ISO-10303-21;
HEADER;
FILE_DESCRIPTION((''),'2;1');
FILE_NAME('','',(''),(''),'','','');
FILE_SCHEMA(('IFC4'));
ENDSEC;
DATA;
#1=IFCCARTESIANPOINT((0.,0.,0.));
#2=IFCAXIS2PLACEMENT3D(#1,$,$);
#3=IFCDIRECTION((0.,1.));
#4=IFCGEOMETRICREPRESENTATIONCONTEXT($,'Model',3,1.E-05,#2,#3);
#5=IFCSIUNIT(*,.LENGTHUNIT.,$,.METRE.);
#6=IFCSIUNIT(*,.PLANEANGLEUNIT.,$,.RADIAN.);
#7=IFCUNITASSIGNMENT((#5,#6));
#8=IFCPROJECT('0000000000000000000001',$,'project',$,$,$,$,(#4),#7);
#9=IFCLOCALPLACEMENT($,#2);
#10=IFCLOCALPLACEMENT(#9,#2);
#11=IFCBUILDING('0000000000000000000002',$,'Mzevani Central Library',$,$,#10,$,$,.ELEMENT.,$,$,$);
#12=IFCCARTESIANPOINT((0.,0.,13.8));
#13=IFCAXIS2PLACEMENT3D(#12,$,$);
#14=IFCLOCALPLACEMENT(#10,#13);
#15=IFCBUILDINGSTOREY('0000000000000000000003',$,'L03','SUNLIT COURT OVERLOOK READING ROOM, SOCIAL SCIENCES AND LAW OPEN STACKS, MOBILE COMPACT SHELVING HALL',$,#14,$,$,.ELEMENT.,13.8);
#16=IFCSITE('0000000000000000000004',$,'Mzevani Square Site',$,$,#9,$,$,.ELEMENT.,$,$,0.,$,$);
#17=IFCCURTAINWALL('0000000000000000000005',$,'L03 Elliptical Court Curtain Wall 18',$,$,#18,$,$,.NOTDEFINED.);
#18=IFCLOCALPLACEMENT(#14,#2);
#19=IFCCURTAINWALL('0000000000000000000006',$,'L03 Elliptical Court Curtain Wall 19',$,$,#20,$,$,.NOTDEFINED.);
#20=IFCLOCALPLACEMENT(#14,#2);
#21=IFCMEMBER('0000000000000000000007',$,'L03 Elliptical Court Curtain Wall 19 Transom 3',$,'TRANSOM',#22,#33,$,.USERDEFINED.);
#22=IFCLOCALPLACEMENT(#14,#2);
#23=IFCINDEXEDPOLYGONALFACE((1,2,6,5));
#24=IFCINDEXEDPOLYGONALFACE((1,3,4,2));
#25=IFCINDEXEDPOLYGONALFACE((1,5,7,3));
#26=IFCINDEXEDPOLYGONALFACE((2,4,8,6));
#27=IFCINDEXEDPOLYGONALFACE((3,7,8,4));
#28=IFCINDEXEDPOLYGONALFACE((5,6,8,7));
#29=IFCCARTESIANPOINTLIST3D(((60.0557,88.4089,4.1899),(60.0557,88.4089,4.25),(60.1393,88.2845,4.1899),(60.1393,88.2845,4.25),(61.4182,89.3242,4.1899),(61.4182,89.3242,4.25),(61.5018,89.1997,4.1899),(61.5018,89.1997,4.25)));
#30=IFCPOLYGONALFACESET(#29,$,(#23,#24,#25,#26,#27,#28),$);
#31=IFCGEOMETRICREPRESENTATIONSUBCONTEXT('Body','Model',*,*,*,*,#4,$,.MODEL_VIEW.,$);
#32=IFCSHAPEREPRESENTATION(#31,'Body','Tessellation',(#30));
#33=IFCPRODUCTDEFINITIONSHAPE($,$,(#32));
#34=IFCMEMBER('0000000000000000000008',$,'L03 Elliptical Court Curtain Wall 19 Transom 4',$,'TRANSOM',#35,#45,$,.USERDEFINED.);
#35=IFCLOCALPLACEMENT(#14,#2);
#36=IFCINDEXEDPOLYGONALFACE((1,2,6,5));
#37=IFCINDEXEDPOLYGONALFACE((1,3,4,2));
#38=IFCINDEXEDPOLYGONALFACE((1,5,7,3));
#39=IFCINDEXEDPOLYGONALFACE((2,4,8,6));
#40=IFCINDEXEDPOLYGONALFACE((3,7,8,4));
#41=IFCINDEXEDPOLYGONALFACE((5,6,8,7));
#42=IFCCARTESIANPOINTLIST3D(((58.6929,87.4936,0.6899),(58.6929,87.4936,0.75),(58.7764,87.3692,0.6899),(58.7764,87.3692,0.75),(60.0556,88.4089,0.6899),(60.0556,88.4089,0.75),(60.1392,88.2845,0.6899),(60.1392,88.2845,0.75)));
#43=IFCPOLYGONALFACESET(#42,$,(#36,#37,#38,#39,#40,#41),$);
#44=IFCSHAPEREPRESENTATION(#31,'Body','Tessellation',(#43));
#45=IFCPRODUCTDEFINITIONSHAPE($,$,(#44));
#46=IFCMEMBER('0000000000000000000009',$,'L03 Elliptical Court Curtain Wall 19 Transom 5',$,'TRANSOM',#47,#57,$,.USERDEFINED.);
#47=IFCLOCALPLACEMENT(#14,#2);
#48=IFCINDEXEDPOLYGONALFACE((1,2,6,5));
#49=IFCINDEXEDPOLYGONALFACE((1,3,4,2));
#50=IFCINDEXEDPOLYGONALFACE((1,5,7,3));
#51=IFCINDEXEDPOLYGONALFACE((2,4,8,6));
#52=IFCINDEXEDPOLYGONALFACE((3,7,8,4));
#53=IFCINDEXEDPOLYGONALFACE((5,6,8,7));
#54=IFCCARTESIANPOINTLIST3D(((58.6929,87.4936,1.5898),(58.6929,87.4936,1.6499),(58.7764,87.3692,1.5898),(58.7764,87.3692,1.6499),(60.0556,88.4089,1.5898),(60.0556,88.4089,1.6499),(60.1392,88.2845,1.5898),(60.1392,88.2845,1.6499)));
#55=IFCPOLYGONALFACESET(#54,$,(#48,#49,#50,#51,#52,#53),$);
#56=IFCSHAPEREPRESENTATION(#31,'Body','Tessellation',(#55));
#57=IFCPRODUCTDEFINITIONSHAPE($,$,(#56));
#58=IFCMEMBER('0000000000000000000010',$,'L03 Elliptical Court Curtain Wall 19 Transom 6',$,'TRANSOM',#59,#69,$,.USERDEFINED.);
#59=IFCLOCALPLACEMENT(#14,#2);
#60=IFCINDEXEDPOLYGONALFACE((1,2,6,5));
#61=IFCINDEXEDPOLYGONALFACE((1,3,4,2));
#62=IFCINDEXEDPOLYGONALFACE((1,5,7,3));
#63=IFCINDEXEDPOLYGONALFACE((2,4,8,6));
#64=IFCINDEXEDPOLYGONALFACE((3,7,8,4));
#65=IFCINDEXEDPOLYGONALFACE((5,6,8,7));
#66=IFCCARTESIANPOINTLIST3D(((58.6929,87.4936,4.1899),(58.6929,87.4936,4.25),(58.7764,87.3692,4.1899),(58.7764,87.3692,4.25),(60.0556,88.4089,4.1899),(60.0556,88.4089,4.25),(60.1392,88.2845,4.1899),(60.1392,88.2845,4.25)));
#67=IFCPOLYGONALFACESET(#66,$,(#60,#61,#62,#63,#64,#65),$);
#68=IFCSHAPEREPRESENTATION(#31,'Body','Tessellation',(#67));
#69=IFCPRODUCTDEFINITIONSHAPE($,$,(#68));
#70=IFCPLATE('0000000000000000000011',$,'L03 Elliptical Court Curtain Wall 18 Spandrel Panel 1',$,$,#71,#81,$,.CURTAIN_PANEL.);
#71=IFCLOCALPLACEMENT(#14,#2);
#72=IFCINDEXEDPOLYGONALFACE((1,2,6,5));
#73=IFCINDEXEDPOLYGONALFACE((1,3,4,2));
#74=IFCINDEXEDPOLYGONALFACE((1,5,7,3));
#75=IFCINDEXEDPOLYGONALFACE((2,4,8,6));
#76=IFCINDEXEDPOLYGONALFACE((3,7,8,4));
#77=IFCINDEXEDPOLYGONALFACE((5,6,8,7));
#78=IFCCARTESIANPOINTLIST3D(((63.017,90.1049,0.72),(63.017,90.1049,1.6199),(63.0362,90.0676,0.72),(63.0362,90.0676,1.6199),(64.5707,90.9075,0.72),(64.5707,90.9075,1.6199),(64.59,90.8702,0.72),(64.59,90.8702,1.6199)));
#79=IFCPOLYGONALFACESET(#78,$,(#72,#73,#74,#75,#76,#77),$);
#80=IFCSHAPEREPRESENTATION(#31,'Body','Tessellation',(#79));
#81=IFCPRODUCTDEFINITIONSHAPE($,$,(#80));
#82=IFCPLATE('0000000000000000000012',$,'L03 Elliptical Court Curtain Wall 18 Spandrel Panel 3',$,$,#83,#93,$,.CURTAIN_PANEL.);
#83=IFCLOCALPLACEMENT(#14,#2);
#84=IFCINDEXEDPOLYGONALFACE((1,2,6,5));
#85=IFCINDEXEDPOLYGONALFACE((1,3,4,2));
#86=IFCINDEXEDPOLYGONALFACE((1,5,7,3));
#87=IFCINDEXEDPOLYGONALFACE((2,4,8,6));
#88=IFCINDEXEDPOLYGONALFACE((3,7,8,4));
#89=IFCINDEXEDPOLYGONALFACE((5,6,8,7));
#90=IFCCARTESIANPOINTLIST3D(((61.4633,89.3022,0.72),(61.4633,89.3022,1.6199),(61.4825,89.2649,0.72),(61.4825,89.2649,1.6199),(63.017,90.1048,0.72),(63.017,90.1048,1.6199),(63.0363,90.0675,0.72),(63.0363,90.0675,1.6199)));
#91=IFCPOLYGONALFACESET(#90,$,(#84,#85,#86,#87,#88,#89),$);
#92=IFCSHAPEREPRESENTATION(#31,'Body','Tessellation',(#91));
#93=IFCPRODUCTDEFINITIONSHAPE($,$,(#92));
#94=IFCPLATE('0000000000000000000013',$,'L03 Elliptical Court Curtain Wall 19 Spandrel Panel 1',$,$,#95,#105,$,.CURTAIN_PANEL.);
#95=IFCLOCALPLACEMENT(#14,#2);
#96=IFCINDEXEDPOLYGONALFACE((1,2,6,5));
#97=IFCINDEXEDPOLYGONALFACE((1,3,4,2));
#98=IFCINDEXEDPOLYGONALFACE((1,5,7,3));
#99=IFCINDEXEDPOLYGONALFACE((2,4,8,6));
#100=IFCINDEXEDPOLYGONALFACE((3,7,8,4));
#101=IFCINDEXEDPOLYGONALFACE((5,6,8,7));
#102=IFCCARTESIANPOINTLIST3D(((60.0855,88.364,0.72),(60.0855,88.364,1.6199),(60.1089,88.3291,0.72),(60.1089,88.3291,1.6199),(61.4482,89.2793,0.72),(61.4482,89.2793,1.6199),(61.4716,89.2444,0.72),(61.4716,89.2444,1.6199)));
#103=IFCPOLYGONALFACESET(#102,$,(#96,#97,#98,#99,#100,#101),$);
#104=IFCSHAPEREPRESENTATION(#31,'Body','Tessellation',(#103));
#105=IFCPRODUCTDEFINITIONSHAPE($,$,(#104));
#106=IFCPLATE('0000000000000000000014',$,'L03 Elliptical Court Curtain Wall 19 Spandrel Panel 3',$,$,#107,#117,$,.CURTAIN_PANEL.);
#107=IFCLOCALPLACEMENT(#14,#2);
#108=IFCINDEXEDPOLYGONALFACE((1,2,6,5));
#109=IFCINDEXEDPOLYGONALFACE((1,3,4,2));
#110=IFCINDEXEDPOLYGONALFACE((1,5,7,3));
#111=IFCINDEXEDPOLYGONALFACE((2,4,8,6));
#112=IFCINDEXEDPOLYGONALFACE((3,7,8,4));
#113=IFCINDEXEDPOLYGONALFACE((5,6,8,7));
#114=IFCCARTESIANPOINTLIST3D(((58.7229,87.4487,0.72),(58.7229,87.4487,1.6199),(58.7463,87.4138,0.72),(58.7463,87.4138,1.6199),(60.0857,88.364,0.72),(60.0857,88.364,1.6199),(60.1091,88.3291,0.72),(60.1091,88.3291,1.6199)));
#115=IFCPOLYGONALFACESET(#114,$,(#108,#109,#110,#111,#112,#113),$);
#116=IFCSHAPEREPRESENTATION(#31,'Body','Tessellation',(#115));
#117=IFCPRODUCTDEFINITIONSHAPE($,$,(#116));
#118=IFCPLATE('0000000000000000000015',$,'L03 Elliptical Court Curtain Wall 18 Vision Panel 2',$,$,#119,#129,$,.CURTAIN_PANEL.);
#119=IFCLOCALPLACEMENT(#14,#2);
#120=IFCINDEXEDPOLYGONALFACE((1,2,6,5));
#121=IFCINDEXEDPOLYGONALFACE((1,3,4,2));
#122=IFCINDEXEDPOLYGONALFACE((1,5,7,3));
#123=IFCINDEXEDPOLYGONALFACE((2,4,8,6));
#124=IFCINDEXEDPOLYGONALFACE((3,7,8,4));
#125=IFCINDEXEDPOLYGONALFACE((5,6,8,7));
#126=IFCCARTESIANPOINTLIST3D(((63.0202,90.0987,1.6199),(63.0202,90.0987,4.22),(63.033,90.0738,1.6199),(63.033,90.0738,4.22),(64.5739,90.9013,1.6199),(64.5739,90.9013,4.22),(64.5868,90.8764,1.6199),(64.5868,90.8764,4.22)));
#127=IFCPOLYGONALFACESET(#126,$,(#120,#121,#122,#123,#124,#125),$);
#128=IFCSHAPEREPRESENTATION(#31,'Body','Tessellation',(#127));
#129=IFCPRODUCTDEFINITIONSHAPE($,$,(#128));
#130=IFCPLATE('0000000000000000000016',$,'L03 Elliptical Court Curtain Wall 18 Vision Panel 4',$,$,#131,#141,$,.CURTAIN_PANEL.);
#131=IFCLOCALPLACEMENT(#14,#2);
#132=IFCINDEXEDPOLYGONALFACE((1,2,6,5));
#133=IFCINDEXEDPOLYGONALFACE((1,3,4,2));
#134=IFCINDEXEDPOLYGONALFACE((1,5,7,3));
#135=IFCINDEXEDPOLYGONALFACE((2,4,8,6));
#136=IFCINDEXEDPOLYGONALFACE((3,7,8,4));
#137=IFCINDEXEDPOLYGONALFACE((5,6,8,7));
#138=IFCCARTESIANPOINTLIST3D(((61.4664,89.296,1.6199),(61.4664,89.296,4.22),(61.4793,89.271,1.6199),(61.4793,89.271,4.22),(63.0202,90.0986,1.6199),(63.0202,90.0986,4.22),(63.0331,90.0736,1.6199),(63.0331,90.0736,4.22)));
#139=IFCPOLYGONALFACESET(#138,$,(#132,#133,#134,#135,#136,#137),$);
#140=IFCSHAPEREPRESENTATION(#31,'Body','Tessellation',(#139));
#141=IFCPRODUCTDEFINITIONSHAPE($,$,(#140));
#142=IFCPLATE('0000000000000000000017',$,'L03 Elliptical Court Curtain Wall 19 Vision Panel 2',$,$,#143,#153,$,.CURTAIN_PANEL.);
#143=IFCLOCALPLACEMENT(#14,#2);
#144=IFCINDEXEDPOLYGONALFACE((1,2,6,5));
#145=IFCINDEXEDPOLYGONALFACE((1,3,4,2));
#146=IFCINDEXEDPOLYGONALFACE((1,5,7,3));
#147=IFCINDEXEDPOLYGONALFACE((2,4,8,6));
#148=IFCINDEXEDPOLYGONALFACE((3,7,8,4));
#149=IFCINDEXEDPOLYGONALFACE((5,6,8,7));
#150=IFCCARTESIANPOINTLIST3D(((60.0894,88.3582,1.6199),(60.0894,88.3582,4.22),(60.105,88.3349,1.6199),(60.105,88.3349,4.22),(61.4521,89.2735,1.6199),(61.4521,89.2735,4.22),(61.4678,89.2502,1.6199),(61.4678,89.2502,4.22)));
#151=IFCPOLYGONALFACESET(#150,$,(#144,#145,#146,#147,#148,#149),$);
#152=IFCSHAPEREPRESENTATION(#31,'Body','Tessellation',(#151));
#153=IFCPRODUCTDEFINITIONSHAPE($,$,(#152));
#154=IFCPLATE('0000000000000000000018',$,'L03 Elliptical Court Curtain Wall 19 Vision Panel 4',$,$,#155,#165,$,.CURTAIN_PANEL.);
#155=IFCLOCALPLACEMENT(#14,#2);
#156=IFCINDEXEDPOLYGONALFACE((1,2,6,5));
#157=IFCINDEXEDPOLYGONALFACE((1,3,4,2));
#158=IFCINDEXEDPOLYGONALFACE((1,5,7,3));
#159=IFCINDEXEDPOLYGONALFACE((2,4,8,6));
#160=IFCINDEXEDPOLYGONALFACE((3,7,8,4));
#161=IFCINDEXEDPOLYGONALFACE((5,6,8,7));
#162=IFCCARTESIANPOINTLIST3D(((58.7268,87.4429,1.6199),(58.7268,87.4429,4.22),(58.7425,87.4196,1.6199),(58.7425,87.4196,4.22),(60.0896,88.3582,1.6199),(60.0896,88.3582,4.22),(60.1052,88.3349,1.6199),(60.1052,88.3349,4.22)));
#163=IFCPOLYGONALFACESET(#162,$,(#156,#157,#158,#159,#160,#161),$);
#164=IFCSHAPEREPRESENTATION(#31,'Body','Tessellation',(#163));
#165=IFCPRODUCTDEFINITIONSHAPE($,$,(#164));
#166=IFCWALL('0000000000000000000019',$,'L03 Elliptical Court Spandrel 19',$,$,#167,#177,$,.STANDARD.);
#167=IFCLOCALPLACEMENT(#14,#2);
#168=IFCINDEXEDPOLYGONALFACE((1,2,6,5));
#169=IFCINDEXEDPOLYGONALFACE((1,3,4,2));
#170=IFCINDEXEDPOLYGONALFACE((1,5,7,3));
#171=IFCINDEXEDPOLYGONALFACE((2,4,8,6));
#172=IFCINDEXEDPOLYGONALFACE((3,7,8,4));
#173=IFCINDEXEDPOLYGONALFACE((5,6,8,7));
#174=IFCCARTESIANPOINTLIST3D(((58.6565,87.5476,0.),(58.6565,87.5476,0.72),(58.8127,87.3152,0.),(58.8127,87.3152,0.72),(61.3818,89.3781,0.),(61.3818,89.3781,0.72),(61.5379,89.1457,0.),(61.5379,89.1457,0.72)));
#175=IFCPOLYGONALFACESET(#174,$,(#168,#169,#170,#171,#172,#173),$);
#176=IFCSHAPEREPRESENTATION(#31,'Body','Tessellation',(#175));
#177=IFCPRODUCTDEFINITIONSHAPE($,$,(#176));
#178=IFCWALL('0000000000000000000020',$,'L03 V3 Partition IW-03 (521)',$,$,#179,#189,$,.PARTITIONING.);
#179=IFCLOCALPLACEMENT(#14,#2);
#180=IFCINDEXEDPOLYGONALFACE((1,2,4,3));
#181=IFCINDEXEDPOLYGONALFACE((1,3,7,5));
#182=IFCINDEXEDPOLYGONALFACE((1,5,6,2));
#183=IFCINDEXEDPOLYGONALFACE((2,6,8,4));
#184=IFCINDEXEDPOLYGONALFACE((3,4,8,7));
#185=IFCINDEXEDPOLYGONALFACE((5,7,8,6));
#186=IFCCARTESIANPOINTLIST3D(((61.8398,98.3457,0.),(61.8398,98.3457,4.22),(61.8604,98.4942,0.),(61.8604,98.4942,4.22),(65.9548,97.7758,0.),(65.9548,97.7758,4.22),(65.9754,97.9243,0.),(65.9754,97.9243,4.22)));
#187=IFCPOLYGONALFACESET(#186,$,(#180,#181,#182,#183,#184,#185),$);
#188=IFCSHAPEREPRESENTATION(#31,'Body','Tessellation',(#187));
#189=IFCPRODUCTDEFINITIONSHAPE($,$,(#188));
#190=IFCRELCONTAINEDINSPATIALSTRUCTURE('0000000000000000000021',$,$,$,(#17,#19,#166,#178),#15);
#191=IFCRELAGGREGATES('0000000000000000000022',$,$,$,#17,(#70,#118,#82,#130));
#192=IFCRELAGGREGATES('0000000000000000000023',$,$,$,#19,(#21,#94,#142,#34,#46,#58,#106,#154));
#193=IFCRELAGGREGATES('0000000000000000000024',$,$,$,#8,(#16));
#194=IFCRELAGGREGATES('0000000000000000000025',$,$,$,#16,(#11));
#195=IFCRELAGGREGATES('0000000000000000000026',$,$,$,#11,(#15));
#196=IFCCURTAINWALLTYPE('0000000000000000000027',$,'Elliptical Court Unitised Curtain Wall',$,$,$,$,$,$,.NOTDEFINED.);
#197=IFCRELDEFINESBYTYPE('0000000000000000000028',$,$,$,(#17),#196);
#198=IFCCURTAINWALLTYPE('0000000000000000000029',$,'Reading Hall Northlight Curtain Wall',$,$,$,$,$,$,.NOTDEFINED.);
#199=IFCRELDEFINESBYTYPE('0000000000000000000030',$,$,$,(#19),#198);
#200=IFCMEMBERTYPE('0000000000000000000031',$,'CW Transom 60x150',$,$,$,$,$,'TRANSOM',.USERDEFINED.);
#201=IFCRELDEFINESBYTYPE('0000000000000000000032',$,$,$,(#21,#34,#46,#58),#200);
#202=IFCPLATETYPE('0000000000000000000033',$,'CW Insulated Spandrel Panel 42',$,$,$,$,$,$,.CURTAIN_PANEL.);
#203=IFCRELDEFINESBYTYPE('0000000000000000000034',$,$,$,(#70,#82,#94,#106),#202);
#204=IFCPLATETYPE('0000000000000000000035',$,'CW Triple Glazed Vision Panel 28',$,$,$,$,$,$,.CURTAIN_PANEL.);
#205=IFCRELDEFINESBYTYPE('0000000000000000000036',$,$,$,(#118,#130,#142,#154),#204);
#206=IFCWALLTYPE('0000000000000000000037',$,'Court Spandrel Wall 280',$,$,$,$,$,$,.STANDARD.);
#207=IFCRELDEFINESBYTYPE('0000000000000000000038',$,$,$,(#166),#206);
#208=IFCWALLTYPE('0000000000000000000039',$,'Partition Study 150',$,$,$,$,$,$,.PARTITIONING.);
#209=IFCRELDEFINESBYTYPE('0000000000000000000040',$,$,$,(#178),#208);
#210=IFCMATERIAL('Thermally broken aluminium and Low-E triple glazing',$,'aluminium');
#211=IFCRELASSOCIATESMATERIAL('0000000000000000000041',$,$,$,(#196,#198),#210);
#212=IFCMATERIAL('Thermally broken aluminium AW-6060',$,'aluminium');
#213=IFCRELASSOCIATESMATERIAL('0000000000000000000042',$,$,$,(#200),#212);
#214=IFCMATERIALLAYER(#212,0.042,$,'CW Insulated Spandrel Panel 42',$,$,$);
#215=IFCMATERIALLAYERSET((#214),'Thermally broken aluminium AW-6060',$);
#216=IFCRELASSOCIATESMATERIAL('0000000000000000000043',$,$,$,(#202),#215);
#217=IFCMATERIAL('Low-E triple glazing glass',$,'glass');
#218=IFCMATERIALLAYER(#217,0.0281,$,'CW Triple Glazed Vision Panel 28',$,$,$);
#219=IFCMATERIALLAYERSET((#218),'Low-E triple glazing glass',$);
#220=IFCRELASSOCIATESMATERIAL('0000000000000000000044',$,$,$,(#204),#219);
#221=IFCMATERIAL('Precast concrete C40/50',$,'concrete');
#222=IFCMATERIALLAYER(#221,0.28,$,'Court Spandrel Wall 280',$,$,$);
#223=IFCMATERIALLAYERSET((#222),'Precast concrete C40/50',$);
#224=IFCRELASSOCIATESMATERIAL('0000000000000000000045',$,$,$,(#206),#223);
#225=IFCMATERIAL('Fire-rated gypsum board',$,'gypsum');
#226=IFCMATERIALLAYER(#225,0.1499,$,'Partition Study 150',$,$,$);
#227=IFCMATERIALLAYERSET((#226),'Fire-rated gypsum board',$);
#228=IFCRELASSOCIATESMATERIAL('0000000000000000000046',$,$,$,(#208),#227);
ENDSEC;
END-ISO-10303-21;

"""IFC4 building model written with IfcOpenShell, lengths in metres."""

from ifc_helpers import new_model, si_unit, direction, frame, frame_2d, origin, origin_2d, place, context, subcontext, project, spatial, rectangle, extrude, material, layer, layer_set, material_profile, profile_set, type_object, element, aggregate, save


model = new_model("IFC4")

# Units and contexts
model_context = context("Model", 3, precision=1e-05, world=origin(), true_north=direction((0.0, 1.0)))
body_context = subcontext(model_context, "Body", "Model", "MODEL_VIEW")
ifc_project = project(units=[si_unit("LENGTHUNIT", "METRE"), si_unit("PLANEANGLEUNIT", "RADIAN")], contexts=[model_context])

# Site, building, storey
site_placement = place(None, origin())
site = spatial("IfcSite", under=ifc_project, at=site_placement, Name="Mzevani Square Site", CompositionType="ELEMENT", RefElevation=0.0)
building_placement = place(site_placement, origin())
building = spatial("IfcBuilding", under=site, at=building_placement, Name="Mzevani Central Library", CompositionType="ELEMENT")
storey_placement = place(building_placement, frame((0.0, 0.0, 13.8)))
storey = spatial("IfcBuildingStorey", under=building, at=storey_placement, Name="L03", Description="SUNLIT COURT OVERLOOK READING ROOM, SOCIAL SCIENCES AND LAW OPEN STACKS, MOBILE COMPACT SHELVING HALL", CompositionType="ELEMENT", Elevation=13.8)

# Curtain walls
ifc_material_1 = material(Name="Thermally broken aluminium and Low-E triple glazing", Category="aluminium")
curtain_wall_type_1 = type_object("IfcCurtainWallType", Name="Elliptical Court Unitised Curtain Wall", PredefinedType="NOTDEFINED", material=ifc_material_1)
curtain_wall_1_placement = place(storey_placement, origin())
curtain_wall_1 = element("IfcCurtainWall", 1, at=curtain_wall_1_placement, inside=storey, type_object=curtain_wall_type_1, Name="L03 Elliptical Court Curtain Wall 18", PredefinedType="NOTDEFINED")
ifc_material_2 = material(Name="Thermally broken aluminium AW-6060", Category="aluminium")
curtain_wall_type_2 = type_object("IfcCurtainWallType", Name="Reading Hall Northlight Curtain Wall", PredefinedType="NOTDEFINED", material=ifc_material_1)
curtain_wall_2_placement = place(storey_placement, origin())
curtain_wall_2 = element("IfcCurtainWall", 2, at=curtain_wall_2_placement, inside=storey, type_object=curtain_wall_type_2, Name="L03 Elliptical Court Curtain Wall 19", PredefinedType="NOTDEFINED")

# Members
ifc_material_profile_1 = material_profile(ifc_material_2, rectangle(XDim=0.1499, YDim=0.0601, at=origin_2d()), Name="ALU T60x150")
ifc_profile_set_1 = profile_set([ifc_material_profile_1], Name="Thermally broken aluminium AW-6060")
member_type_1 = type_object("IfcMemberType", Name="CW Transom 60x150", ElementType="TRANSOM", PredefinedType="USERDEFINED", material=ifc_profile_set_1)
member_1_placement = place(storey_placement, frame((61.46, 89.262, 4.22), z_axis=(-0.8301, -0.557614, 0.0), x_axis=(0.557614, -0.8301, 0.0)))
member_1 = element("IfcMember", 3, at=member_1_placement, type_object=member_type_1, Name="L03 Elliptical Court Curtain Wall 19 Transom 3", ObjectType="TRANSOM", PredefinedType="USERDEFINED", context=body_context, shape_type="SweptSolid", body=[
    extrude(rectangle(XDim=0.1499, YDim=0.0601, at=origin_2d()), origin(), (0.0, 0.0, 1.0), 1.6414),
])
member_2_placement = place(storey_placement, frame((60.0974, 88.3467, 0.72), z_axis=(-0.830146, -0.557545, 0.0), x_axis=(0.557545, -0.830146, 0.0)))
member_2 = element("IfcMember", 4, at=member_2_placement, type_object=member_type_1, Name="L03 Elliptical Court Curtain Wall 19 Transom 4", ObjectType="TRANSOM", PredefinedType="USERDEFINED", context=body_context, shape_type="SweptSolid", body=[
    extrude(rectangle(XDim=0.1499, YDim=0.0601, at=origin_2d()), origin(), (0.0, 0.0, 1.0), 1.6416),
])
member_3_placement = place(storey_placement, frame((60.0974, 88.3467, 1.6199), z_axis=(-0.830146, -0.557545, 0.0), x_axis=(0.557545, -0.830146, 0.0)))
member_3 = element("IfcMember", 5, at=member_3_placement, type_object=member_type_1, Name="L03 Elliptical Court Curtain Wall 19 Transom 5", ObjectType="TRANSOM", PredefinedType="USERDEFINED", context=body_context, shape_type="SweptSolid", body=[
    extrude(rectangle(XDim=0.1499, YDim=0.0601, at=origin_2d()), origin(), (0.0, 0.0, 1.0), 1.6416),
])
member_4_placement = place(storey_placement, frame((60.0974, 88.3467, 4.22), z_axis=(-0.830146, -0.557545, 0.0), x_axis=(0.557545, -0.830146, 0.0)))
member_4 = element("IfcMember", 6, at=member_4_placement, type_object=member_type_1, Name="L03 Elliptical Court Curtain Wall 19 Transom 6", ObjectType="TRANSOM", PredefinedType="USERDEFINED", context=body_context, shape_type="SweptSolid", body=[
    extrude(rectangle(XDim=0.1499, YDim=0.0601, at=origin_2d()), origin(), (0.0, 0.0, 1.0), 1.6416),
])

# Plates
ifc_layer_1 = layer(ifc_material_2, 0.042, Name="CW Insulated Spandrel Panel 42")
ifc_layer_set_1 = layer_set([ifc_layer_1], Name="Thermally broken aluminium AW-6060")
plate_type_1 = type_object("IfcPlateType", Name="CW Insulated Spandrel Panel 42", PredefinedType="CURTAIN_PANEL", material=ifc_layer_set_1)
plate_1_placement = place(storey_placement, frame((63.8035, 90.4875, 0.72), z_axis=(0.0, 0.0, 1.0), x_axis=(-0.888466, -0.458943, 0.0)))
plate_1 = element("IfcPlate", 7, at=plate_1_placement, type_object=plate_type_1, Name="L03 Elliptical Court Curtain Wall 18 Spandrel Panel 1", PredefinedType="CURTAIN_PANEL", context=body_context, shape_type="SweptSolid", body=[
    extrude(rectangle(XDim=1.7488, YDim=0.042, at=origin_2d()), origin(), (0.0, 0.0, 1.0), 0.8999),
])
plate_2_placement = place(storey_placement, frame((62.2498, 89.6848, 0.72), z_axis=(0.0, 0.0, 1.0), x_axis=(-0.888466, -0.458943, 0.0)))
plate_2 = element("IfcPlate", 8, at=plate_2_placement, type_object=plate_type_1, Name="L03 Elliptical Court Curtain Wall 18 Spandrel Panel 3", PredefinedType="CURTAIN_PANEL", context=body_context, shape_type="SweptSolid", body=[
    extrude(rectangle(XDim=1.7488, YDim=0.042, at=origin_2d()), origin(), (0.0, 0.0, 1.0), 0.8999),
])
plate_3_placement = place(storey_placement, frame((60.7786, 88.8042, 0.72), z_axis=(0.0, 0.0, 1.0), x_axis=(-0.830138, -0.557558, 0.0)))
plate_3 = element("IfcPlate", 9, at=plate_3_placement, type_object=plate_type_1, Name="L03 Elliptical Court Curtain Wall 19 Spandrel Panel 1", PredefinedType="CURTAIN_PANEL", context=body_context, shape_type="SweptSolid", body=[
    extrude(rectangle(XDim=1.6416, YDim=0.042, at=origin_2d()), origin(), (0.0, 0.0, 1.0), 0.8999),
])
plate_4_placement = place(storey_placement, frame((59.416, 87.8889, 0.72), z_axis=(0.0, 0.0, 1.0), x_axis=(-0.830138, -0.557558, 0.0)))
plate_4 = element("IfcPlate", 10, at=plate_4_placement, type_object=plate_type_1, Name="L03 Elliptical Court Curtain Wall 19 Spandrel Panel 3", PredefinedType="CURTAIN_PANEL", context=body_context, shape_type="SweptSolid", body=[
    extrude(rectangle(XDim=1.6416, YDim=0.042, at=origin_2d()), origin(), (0.0, 0.0, 1.0), 0.8999),
])
ifc_material_3 = material(Name="Low-E triple glazing glass", Category="glass")
ifc_layer_2 = layer(ifc_material_3, 0.0281, Name="CW Triple Glazed Vision Panel 28")
ifc_layer_set_2 = layer_set([ifc_layer_2], Name="Low-E triple glazing glass")
plate_type_2 = type_object("IfcPlateType", Name="CW Triple Glazed Vision Panel 28", PredefinedType="CURTAIN_PANEL", material=ifc_layer_set_2)
plate_5_placement = place(storey_placement, frame((63.8035, 90.4875, 1.6199), z_axis=(0.0, 0.0, 1.0), x_axis=(-0.888466, -0.458943, 0.0)))
plate_5 = element("IfcPlate", 11, at=plate_5_placement, type_object=plate_type_2, Name="L03 Elliptical Court Curtain Wall 18 Vision Panel 2", PredefinedType="CURTAIN_PANEL", context=body_context, shape_type="SweptSolid", body=[
    extrude(rectangle(XDim=1.7488, YDim=0.0281, at=origin_2d()), origin(), (0.0, 0.0, 1.0), 2.6001),
])
plate_6_placement = place(storey_placement, frame((62.2498, 89.6848, 1.6199), z_axis=(0.0, 0.0, 1.0), x_axis=(-0.888466, -0.458943, 0.0)))
plate_6 = element("IfcPlate", 12, at=plate_6_placement, type_object=plate_type_2, Name="L03 Elliptical Court Curtain Wall 18 Vision Panel 4", PredefinedType="CURTAIN_PANEL", context=body_context, shape_type="SweptSolid", body=[
    extrude(rectangle(XDim=1.7488, YDim=0.0281, at=origin_2d()), origin(), (0.0, 0.0, 1.0), 2.6001),
])
aggregate(curtain_wall_1, [plate_1, plate_5, plate_2, plate_6])
plate_7_placement = place(storey_placement, frame((60.7786, 88.8042, 1.6199), z_axis=(0.0, 0.0, 1.0), x_axis=(-0.830138, -0.557558, 0.0)))
plate_7 = element("IfcPlate", 13, at=plate_7_placement, type_object=plate_type_2, Name="L03 Elliptical Court Curtain Wall 19 Vision Panel 2", PredefinedType="CURTAIN_PANEL", context=body_context, shape_type="SweptSolid", body=[
    extrude(rectangle(XDim=1.6416, YDim=0.0281, at=origin_2d()), origin(), (0.0, 0.0, 1.0), 2.6001),
])
plate_8_placement = place(storey_placement, frame((59.416, 87.8889, 1.6199), z_axis=(0.0, 0.0, 1.0), x_axis=(-0.830138, -0.557558, 0.0)))
plate_8 = element("IfcPlate", 14, at=plate_8_placement, type_object=plate_type_2, Name="L03 Elliptical Court Curtain Wall 19 Vision Panel 4", PredefinedType="CURTAIN_PANEL", context=body_context, shape_type="SweptSolid", body=[
    extrude(rectangle(XDim=1.6416, YDim=0.0281, at=origin_2d()), origin(), (0.0, 0.0, 1.0), 2.6001),
])
aggregate(curtain_wall_2, [member_1, plate_3, plate_7, member_2, member_3, member_4, plate_4, plate_8])

# Walls
ifc_material_4 = material(Name="Precast concrete C40/50", Category="concrete")
ifc_layer_3 = layer(ifc_material_4, 0.28, Name="Court Spandrel Wall 280")
ifc_layer_set_3 = layer_set([ifc_layer_3], Name="Precast concrete C40/50")
wall_type_1 = type_object("IfcWallType", Name="Court Spandrel Wall 280", PredefinedType="STANDARD", material=ifc_layer_set_3)
wall_1_placement = place(storey_placement, frame((61.46, 89.262, 0.0), z_axis=(0.0, 0.0, 1.0), x_axis=(-0.830123, -0.55758, 0.0)))
element("IfcWall", 15, at=wall_1_placement, inside=storey, type_object=wall_type_1, Name="L03 Elliptical Court Spandrel 19", PredefinedType="STANDARD", context=body_context, shape_type="SweptSolid", body=[
    extrude(rectangle(XDim=3.283, YDim=0.28, at=frame_2d((1.6416, 0.0))), origin(), (0.0, 0.0, 1.0), 0.72),
])
ifc_material_5 = material(Name="Fire-rated gypsum board", Category="gypsum")
ifc_layer_4 = layer(ifc_material_5, 0.1499, Name="Partition Study 150")
ifc_layer_set_4 = layer_set([ifc_layer_4], Name="Fire-rated gypsum board")
wall_type_2 = type_object("IfcWallType", Name="Partition Study 150", PredefinedType="PARTITIONING", material=ifc_layer_set_4)
wall_2_placement = place(storey_placement, frame((61.8501, 98.4199, 0.0), z_axis=(0.0, 0.0, 1.0), x_axis=(0.990548, -0.137166, 0.0)))
element("IfcWall", 16, at=wall_2_placement, inside=storey, type_object=wall_type_2, Name="L03 V3 Partition IW-03 (521)", PredefinedType="PARTITIONING", context=body_context, shape_type="SweptSolid", body=[
    extrude(rectangle(XDim=4.1543, YDim=0.1499, at=frame_2d((2.0771, 0.0))), origin(), (0.0, 0.0, 1.0), 4.22),
])

save(model, "model.ifc")
